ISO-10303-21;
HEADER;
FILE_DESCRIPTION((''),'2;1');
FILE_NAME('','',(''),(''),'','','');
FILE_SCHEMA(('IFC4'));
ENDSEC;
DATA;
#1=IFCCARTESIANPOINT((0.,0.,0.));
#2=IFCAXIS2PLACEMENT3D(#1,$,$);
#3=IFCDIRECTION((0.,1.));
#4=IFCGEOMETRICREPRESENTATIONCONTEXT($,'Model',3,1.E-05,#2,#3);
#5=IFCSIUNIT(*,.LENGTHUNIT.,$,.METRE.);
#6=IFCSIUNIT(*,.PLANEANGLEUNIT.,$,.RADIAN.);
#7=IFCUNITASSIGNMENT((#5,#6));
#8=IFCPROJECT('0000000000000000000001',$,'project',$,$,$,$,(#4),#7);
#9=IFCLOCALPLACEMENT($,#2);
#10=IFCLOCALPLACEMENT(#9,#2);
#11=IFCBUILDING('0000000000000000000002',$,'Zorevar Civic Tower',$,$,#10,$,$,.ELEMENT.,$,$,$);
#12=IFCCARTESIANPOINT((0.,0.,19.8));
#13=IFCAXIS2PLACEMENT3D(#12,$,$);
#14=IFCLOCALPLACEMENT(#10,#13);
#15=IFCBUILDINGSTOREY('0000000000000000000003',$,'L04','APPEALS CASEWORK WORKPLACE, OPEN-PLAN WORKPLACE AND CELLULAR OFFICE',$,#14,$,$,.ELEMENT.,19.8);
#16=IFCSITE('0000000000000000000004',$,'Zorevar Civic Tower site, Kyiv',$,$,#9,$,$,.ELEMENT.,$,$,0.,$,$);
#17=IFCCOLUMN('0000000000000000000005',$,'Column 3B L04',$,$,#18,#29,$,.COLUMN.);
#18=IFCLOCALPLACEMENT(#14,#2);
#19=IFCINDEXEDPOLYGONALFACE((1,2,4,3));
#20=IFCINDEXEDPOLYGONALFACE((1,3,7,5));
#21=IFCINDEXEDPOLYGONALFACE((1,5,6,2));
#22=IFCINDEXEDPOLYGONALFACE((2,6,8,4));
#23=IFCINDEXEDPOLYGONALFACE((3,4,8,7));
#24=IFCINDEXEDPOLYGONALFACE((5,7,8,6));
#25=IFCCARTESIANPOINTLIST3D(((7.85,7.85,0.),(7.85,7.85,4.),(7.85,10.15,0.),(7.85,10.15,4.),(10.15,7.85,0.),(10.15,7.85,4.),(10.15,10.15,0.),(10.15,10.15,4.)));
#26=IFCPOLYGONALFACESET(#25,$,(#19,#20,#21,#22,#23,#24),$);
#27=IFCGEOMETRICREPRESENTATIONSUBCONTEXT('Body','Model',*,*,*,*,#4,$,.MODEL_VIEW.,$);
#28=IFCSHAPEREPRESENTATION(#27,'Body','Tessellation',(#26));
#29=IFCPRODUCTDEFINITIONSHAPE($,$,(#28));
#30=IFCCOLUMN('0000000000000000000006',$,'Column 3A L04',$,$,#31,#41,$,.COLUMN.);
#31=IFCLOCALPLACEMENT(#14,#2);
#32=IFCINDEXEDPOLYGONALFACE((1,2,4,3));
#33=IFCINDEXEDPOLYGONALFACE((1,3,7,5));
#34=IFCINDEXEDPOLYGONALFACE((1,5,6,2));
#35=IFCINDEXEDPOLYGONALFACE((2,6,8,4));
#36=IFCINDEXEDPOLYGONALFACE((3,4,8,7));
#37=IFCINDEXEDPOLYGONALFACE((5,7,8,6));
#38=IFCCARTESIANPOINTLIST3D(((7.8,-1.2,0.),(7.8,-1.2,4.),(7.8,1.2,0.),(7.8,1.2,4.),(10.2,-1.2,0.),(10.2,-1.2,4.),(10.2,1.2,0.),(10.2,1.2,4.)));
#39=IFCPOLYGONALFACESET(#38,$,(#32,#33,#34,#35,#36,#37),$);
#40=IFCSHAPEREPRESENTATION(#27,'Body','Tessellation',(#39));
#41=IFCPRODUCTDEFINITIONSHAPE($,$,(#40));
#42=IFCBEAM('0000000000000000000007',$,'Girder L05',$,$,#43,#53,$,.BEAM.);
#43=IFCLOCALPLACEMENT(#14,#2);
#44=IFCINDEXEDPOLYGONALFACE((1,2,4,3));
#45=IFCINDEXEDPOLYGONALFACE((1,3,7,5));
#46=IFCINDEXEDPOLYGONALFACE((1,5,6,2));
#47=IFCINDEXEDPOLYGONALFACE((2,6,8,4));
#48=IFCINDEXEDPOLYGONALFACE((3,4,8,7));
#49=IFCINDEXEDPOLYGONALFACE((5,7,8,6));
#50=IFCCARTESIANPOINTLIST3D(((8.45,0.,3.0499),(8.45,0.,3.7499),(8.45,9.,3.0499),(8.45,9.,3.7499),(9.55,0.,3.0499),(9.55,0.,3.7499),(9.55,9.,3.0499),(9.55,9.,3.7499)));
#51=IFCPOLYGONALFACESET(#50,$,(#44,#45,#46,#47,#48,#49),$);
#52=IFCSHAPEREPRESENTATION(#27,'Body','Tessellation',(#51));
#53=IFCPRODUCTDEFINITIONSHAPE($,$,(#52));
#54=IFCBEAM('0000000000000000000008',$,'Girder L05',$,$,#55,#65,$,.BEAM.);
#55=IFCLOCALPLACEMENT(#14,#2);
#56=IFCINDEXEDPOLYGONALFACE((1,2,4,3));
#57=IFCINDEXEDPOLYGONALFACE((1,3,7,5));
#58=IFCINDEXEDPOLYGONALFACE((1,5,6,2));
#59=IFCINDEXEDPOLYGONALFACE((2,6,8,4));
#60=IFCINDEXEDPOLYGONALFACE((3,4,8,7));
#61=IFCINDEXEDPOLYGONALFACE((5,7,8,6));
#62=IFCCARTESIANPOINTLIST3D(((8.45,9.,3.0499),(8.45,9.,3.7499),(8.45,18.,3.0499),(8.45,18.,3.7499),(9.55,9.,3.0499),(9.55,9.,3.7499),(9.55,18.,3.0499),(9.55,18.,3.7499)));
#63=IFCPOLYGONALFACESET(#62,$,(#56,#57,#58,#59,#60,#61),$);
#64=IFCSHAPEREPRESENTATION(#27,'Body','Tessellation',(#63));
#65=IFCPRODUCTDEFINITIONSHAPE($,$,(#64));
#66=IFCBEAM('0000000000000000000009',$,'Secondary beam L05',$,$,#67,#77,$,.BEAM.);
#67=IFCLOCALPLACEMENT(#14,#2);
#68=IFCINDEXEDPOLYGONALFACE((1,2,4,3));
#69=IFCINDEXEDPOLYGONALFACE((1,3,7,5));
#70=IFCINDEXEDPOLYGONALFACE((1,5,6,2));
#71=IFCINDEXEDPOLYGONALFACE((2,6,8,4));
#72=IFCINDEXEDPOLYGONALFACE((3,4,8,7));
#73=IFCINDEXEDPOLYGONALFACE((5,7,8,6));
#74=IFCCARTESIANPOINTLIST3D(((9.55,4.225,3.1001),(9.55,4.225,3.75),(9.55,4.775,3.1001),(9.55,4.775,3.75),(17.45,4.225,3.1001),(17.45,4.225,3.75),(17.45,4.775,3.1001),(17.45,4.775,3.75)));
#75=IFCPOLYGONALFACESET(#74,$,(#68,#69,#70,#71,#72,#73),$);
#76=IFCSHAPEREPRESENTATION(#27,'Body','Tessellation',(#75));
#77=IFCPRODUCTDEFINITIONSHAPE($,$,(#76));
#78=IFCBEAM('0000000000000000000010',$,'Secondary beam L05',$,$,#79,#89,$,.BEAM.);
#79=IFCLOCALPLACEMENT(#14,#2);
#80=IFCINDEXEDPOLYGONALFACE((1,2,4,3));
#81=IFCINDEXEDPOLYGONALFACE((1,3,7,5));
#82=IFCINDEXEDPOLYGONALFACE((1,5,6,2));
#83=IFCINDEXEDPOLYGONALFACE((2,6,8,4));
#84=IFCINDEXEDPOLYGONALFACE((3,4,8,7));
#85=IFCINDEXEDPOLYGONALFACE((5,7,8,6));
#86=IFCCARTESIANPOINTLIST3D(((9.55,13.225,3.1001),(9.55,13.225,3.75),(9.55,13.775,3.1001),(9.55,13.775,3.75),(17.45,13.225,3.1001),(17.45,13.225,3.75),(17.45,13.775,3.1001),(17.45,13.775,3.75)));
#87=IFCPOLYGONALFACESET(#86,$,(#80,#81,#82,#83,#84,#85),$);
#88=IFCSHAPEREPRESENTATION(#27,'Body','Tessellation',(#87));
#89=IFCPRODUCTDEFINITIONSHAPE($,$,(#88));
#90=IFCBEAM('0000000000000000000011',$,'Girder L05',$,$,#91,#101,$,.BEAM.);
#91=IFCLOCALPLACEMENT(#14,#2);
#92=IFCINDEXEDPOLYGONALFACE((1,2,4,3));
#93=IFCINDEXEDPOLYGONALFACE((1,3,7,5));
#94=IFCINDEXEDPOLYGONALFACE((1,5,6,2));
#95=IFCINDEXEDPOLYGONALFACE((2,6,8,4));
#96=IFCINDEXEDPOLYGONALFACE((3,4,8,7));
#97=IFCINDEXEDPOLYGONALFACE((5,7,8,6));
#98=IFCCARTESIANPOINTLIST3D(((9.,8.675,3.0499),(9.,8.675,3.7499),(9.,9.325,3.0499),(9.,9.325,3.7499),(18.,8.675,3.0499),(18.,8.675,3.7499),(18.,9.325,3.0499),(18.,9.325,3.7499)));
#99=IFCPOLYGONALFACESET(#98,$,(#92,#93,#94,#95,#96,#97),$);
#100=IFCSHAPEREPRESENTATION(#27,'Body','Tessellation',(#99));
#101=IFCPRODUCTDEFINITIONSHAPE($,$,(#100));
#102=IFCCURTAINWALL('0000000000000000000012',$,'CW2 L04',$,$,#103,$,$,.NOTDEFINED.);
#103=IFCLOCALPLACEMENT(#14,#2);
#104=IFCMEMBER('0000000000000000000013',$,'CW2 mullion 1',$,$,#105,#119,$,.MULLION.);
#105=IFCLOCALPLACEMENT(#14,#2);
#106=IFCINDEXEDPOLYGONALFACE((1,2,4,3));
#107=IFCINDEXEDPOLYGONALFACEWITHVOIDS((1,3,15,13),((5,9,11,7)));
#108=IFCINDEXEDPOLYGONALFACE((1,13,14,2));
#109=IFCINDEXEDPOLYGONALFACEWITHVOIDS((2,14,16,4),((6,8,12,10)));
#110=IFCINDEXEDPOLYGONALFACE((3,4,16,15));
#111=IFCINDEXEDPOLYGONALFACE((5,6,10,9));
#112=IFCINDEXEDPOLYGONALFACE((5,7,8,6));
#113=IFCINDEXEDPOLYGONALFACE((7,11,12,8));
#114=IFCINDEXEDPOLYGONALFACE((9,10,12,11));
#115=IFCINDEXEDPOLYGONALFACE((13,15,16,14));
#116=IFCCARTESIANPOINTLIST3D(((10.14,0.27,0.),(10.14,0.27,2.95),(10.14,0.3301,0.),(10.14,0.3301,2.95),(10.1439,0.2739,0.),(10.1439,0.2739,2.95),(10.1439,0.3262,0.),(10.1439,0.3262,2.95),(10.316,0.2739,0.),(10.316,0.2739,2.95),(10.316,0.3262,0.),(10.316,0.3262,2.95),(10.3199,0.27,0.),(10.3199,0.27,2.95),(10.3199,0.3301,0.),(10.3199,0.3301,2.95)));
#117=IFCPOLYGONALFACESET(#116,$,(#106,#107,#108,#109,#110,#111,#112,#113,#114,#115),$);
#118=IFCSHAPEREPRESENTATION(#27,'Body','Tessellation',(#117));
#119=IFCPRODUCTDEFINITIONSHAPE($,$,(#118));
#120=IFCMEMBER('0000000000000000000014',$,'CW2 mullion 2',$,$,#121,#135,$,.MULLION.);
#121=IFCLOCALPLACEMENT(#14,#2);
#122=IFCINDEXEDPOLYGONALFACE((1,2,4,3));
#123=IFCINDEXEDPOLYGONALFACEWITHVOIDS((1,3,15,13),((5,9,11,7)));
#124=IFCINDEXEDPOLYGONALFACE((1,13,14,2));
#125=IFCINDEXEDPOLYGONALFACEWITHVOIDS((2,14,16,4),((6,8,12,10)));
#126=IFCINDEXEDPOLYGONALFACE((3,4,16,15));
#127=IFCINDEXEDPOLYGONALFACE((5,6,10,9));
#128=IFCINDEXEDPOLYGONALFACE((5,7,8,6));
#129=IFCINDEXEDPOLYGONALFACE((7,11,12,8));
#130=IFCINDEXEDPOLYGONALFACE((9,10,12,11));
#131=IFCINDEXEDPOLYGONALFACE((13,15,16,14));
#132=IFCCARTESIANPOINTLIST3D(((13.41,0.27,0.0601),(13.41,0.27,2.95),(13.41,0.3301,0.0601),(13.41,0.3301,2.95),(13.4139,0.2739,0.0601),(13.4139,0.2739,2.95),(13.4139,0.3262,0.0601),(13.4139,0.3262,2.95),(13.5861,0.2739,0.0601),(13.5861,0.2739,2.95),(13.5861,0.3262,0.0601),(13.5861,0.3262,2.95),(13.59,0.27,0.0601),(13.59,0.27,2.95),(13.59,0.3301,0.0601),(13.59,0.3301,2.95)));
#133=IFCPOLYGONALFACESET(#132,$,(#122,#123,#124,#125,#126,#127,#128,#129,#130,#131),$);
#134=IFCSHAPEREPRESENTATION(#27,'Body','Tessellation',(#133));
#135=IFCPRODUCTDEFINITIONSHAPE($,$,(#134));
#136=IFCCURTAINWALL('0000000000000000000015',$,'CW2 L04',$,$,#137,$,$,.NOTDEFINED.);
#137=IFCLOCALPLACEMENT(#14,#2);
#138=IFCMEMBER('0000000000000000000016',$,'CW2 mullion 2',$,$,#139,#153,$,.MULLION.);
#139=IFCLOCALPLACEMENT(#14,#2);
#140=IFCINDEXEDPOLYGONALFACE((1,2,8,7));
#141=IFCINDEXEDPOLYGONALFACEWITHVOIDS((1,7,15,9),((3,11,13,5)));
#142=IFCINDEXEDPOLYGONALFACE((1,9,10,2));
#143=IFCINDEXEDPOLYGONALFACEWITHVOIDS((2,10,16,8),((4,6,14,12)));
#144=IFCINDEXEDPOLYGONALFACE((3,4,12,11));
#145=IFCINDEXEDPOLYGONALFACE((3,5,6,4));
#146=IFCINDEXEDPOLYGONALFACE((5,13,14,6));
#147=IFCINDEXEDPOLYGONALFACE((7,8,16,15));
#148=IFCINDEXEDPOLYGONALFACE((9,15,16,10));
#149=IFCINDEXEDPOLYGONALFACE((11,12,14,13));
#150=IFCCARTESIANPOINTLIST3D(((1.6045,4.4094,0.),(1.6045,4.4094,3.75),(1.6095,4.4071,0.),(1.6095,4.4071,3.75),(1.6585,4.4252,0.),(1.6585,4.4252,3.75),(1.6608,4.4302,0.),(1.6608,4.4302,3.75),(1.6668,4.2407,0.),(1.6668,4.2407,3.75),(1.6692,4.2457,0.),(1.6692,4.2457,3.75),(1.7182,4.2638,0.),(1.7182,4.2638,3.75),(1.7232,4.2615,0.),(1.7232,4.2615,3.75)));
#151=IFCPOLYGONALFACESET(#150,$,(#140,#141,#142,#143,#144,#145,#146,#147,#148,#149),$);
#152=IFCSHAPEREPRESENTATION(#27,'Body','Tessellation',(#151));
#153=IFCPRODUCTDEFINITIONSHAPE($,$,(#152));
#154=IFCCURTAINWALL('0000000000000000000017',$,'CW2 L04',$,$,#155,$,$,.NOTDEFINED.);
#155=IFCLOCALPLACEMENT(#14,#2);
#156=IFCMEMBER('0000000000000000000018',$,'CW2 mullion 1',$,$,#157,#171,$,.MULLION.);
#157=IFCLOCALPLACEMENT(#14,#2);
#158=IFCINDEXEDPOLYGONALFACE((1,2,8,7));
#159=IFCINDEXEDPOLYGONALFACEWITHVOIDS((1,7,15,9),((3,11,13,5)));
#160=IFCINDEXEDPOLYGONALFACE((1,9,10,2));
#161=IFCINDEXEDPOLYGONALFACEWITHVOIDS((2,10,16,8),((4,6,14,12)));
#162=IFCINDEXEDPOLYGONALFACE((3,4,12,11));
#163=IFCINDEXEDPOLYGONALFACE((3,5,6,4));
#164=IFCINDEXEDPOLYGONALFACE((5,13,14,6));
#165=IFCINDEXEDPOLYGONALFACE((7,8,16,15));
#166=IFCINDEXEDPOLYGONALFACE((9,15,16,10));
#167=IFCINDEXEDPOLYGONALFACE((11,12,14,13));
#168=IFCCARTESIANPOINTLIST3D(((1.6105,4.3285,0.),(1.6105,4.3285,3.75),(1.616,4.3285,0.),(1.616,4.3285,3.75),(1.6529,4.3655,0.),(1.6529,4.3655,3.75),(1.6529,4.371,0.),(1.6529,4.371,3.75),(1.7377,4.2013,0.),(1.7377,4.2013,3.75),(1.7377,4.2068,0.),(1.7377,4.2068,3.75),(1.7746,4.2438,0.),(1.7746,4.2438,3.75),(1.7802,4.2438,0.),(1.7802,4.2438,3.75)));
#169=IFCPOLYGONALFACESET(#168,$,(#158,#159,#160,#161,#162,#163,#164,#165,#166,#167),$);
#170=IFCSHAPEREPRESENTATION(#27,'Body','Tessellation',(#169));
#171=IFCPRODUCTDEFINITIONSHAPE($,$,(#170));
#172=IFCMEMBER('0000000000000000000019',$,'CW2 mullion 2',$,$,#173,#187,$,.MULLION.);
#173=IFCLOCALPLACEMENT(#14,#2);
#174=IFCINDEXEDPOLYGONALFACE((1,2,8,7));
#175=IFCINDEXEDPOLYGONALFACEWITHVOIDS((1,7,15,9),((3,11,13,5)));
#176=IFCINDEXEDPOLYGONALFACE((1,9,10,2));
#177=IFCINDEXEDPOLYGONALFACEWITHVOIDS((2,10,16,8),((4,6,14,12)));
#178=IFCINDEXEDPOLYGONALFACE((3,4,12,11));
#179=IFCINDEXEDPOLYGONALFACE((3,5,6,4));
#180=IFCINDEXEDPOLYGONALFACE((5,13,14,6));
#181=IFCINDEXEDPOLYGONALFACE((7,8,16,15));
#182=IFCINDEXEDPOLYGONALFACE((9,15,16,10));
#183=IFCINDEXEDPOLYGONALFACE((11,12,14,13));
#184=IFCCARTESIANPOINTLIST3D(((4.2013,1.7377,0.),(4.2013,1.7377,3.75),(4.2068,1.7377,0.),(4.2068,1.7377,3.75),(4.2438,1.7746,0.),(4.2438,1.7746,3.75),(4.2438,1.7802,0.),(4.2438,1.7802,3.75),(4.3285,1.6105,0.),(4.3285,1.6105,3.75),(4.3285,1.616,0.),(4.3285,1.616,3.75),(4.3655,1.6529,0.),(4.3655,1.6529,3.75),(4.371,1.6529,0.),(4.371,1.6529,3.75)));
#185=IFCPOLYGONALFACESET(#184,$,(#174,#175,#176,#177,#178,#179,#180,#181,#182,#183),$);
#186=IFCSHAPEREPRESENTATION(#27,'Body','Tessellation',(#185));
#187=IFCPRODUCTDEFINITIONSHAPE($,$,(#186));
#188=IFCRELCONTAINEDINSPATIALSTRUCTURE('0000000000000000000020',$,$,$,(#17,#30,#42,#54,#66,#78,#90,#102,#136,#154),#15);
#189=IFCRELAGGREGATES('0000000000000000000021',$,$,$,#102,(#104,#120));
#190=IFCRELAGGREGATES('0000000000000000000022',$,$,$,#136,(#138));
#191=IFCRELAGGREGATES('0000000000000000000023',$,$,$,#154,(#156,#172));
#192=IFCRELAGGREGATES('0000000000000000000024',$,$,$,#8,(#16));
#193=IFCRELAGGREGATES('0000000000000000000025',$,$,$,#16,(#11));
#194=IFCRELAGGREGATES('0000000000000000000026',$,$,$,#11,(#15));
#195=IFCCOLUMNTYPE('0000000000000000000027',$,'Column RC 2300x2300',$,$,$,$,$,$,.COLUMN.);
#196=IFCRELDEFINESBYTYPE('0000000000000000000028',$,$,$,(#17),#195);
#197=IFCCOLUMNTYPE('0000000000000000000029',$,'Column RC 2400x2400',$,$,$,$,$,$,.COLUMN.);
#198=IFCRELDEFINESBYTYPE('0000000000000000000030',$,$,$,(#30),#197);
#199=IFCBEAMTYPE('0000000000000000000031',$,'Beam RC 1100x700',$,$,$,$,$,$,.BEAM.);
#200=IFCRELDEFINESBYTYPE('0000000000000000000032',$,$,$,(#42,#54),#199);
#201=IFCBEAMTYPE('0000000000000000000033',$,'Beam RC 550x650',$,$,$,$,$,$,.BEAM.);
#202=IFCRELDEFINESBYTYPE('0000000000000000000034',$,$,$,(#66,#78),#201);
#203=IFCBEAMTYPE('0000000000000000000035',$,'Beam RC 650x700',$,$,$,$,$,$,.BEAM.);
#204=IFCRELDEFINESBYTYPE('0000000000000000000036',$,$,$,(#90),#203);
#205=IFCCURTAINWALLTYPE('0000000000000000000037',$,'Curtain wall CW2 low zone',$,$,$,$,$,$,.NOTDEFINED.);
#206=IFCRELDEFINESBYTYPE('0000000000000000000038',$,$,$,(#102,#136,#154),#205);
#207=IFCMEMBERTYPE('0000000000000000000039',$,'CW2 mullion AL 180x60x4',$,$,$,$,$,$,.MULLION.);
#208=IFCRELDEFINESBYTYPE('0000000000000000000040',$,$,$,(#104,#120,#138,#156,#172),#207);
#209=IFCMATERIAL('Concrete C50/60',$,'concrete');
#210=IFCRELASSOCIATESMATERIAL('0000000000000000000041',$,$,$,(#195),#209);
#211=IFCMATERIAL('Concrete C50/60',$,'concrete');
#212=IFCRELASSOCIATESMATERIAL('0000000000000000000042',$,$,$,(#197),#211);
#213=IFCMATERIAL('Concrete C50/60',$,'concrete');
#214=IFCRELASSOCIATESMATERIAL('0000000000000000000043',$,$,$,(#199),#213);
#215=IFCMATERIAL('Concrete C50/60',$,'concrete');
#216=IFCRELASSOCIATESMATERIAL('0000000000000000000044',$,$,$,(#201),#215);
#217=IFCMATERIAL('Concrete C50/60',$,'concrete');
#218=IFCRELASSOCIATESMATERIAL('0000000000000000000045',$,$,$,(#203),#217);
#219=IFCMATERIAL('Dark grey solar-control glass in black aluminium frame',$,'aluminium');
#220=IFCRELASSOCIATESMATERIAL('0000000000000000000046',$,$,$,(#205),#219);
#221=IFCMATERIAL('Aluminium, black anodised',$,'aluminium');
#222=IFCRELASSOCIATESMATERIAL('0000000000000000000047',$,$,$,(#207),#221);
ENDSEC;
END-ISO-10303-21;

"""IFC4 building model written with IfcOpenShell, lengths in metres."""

from ifc_helpers import new_model, si_unit, direction, frame, origin, origin_2d, place, context, subcontext, project, spatial, rectangle, hollow_rectangle, extrude, material, material_profile, profile_set, type_object, element, aggregate, save


model = new_model("IFC4")

# Units and contexts
model_context = context("Model", 3, precision=1e-05, world=origin(), true_north=direction((0.0, 1.0)))
body_context = subcontext(model_context, "Body", "Model", "MODEL_VIEW")
ifc_project = project(units=[si_unit("LENGTHUNIT", "METRE"), si_unit("PLANEANGLEUNIT", "RADIAN")], contexts=[model_context])

# Site, building, storey
site_placement = place(None, origin())
site = spatial("IfcSite", under=ifc_project, at=site_placement, Name="Zorevar Civic Tower site, Kyiv", CompositionType="ELEMENT", RefElevation=0.0)
building_placement = place(site_placement, origin())
building = spatial("IfcBuilding", under=site, at=building_placement, Name="Zorevar Civic Tower", CompositionType="ELEMENT")
storey_placement = place(building_placement, frame((0.0, 0.0, 19.8)))
storey = spatial("IfcBuildingStorey", under=building, at=storey_placement, Name="L04", Description="APPEALS CASEWORK WORKPLACE, OPEN-PLAN WORKPLACE AND CELLULAR OFFICE", CompositionType="ELEMENT", Elevation=19.8)

# Columns
ifc_material_1 = material(Name="Concrete C50/60", Category="concrete")
ifc_material_profile_1 = material_profile(ifc_material_1, rectangle(XDim=2.3, YDim=2.3, at=origin_2d()), Name="RC 2300x2300")
ifc_profile_set_1 = profile_set([ifc_material_profile_1], Name="Concrete C50/60")
column_type_1 = type_object("IfcColumnType", Name="Column RC 2300x2300", PredefinedType="COLUMN", material=ifc_profile_set_1)
column_1_placement = place(storey_placement, frame((9.0, 9.0, 0.0), z_axis=(0.0, 0.0, 1.0), x_axis=(1.0, 0.0, 0.0)))
element("IfcColumn", 1, at=column_1_placement, inside=storey, type_object=column_type_1, Name="Column 3B L04", PredefinedType="COLUMN", context=body_context, shape_type="SweptSolid", body=[
    extrude(rectangle(XDim=2.3, YDim=2.3, at=origin_2d()), origin(), (0.0, 0.0, 1.0), 4.0),
])
ifc_material_2 = material(Name="Concrete C50/60", Category="concrete")
ifc_material_profile_2 = material_profile(ifc_material_2, rectangle(XDim=2.3999, YDim=2.3999, at=origin_2d()), Name="RC 2400x2400")
ifc_profile_set_2 = profile_set([ifc_material_profile_2], Name="Concrete C50/60")
column_type_2 = type_object("IfcColumnType", Name="Column RC 2400x2400", PredefinedType="COLUMN", material=ifc_profile_set_2)
column_2_placement = place(storey_placement, frame((9.0, 0.0, 0.0), z_axis=(0.0, 0.0, 1.0), x_axis=(1.0, 0.0, 0.0)))
element("IfcColumn", 2, at=column_2_placement, inside=storey, type_object=column_type_2, Name="Column 3A L04", PredefinedType="COLUMN", context=body_context, shape_type="SweptSolid", body=[
    extrude(rectangle(XDim=2.3999, YDim=2.3999, at=origin_2d()), origin(), (0.0, 0.0, 1.0), 4.0),
])

# Beams
ifc_material_3 = material(Name="Concrete C50/60", Category="concrete")
ifc_material_profile_3 = material_profile(ifc_material_3, rectangle(XDim=1.1001, YDim=0.7, at=origin_2d()), Name="RC 1100x700")
ifc_profile_set_3 = profile_set([ifc_material_profile_3], Name="Concrete C50/60")
beam_type_1 = type_object("IfcBeamType", Name="Beam RC 1100x700", PredefinedType="BEAM", material=ifc_profile_set_3)
for number, where, z_axis, x_axis, name in (
    (3, (9.0, 0.0, 3.3999), (0.0, 1.0, 0.0), (-1.0, 0.0, 0.0), "Girder L05"),
    (4, (9.0, 9.0, 3.3999), (0.0, 1.0, 0.0), (-1.0, 0.0, 0.0), "Girder L05"),
):
    element("IfcBeam", number, at=place(storey_placement, frame(where, z_axis=z_axis, x_axis=x_axis)), inside=storey, type_object=beam_type_1, Name=name, PredefinedType="BEAM", context=body_context, shape_type="SweptSolid", body=[
        extrude(rectangle(XDim=1.1001, YDim=0.7, at=origin_2d()), origin(), (0.0, 0.0, 1.0), 9.0),
    ])
ifc_material_4 = material(Name="Concrete C50/60", Category="concrete")
ifc_material_profile_4 = material_profile(ifc_material_4, rectangle(XDim=0.55, YDim=0.6499, at=origin_2d()), Name="RC 550x650")
ifc_profile_set_4 = profile_set([ifc_material_profile_4], Name="Concrete C50/60")
beam_type_2 = type_object("IfcBeamType", Name="Beam RC 550x650", PredefinedType="BEAM", material=ifc_profile_set_4)
for number, where, z_axis, x_axis, name in (
    (5, (9.55, 4.5, 3.425), (1.0, 0.0, 0.0), (0.0, 1.0, 0.0), "Secondary beam L05"),
    (6, (9.55, 13.5, 3.425), (1.0, 0.0, 0.0), (0.0, 1.0, 0.0), "Secondary beam L05"),
):
    element("IfcBeam", number, at=place(storey_placement, frame(where, z_axis=z_axis, x_axis=x_axis)), inside=storey, type_object=beam_type_2, Name=name, PredefinedType="BEAM", context=body_context, shape_type="SweptSolid", body=[
        extrude(rectangle(XDim=0.55, YDim=0.6499, at=origin_2d()), origin(), (0.0, 0.0, 1.0), 7.8999),
    ])
ifc_material_5 = material(Name="Concrete C50/60", Category="concrete")
ifc_material_profile_5 = material_profile(ifc_material_5, rectangle(XDim=0.6499, YDim=0.7, at=origin_2d()), Name="RC 650x700")
ifc_profile_set_5 = profile_set([ifc_material_profile_5], Name="Concrete C50/60")
beam_type_3 = type_object("IfcBeamType", Name="Beam RC 650x700", PredefinedType="BEAM", material=ifc_profile_set_5)
beam_1_placement = place(storey_placement, frame((9.0, 9.0, 3.3999), z_axis=(1.0, 0.0, 0.0), x_axis=(0.0, 1.0, 0.0)))
element("IfcBeam", 7, at=beam_1_placement, inside=storey, type_object=beam_type_3, Name="Girder L05", PredefinedType="BEAM", context=body_context, shape_type="SweptSolid", body=[
    extrude(rectangle(XDim=0.6499, YDim=0.7, at=origin_2d()), origin(), (0.0, 0.0, 1.0), 9.0),
])

# Curtain wall, members
ifc_material_6 = material(Name="Dark grey solar-control glass in black aluminium frame", Category="aluminium")
curtain_wall_type = type_object("IfcCurtainWallType", Name="Curtain wall CW2 low zone", PredefinedType="NOTDEFINED", material=ifc_material_6)
curtain_wall_1_placement = place(storey_placement, origin())
curtain_wall_1 = element("IfcCurtainWall", 8, at=curtain_wall_1_placement, inside=storey, type_object=curtain_wall_type, Name="CW2 L04", PredefinedType="NOTDEFINED")
ifc_material_7 = material(Name="Aluminium, black anodised", Category="aluminium")
ifc_material_profile_6 = material_profile(ifc_material_7, hollow_rectangle(XDim=0.0601, YDim=0.1799, WallThickness=0.0039, at=origin_2d()), Name="AL 180x60x4")
ifc_profile_set_6 = profile_set([ifc_material_profile_6], Name="Aluminium, black anodised")
member_type_1 = type_object("IfcMemberType", Name="CW2 mullion AL 180x60x4", PredefinedType="MULLION", material=ifc_profile_set_6)
member_1_placement = place(storey_placement, frame((10.23, 0.3, 0.0), z_axis=(0.0, 0.0, 1.0), x_axis=(0.0, 1.0, 0.0)))
member_1 = element("IfcMember", 9, at=member_1_placement, type_object=member_type_1, Name="CW2 mullion 1", PredefinedType="MULLION", context=body_context, shape_type="SweptSolid", body=[
    extrude(hollow_rectangle(XDim=0.0601, YDim=0.1799, WallThickness=0.0039, at=origin_2d()), origin(), (0.0, 0.0, 1.0), 2.95),
])
member_2_placement = place(storey_placement, frame((13.5, 0.3, 0.0601), z_axis=(0.0, 0.0, 1.0), x_axis=(0.0, 1.0, 0.0)))
member_2 = element("IfcMember", 10, at=member_2_placement, type_object=member_type_1, Name="CW2 mullion 2", PredefinedType="MULLION", context=body_context, shape_type="SweptSolid", body=[
    extrude(hollow_rectangle(XDim=0.0601, YDim=0.1799, WallThickness=0.0039, at=origin_2d()), origin(), (0.0, 0.0, 1.0), 2.8899),
])

# Curtain wall, member
curtain_wall_2_placement = place(storey_placement, origin())
curtain_wall_2 = element("IfcCurtainWall", 11, at=curtain_wall_2_placement, inside=storey, type_object=curtain_wall_type, Name="CW2 L04", PredefinedType="NOTDEFINED")
member_3_placement = place(storey_placement, frame((1.6638, 4.3354, 0.0), z_axis=(0.0, 0.0, 1.0), x_axis=(0.937975, 0.346704, 0.0)))
member_3 = element("IfcMember", 12, at=member_3_placement, type_object=member_type_1, Name="CW2 mullion 2", PredefinedType="MULLION", context=body_context, shape_type="SweptSolid", body=[
    extrude(hollow_rectangle(XDim=0.0601, YDim=0.1799, WallThickness=0.0039, at=origin_2d()), origin(), (0.0, 0.0, 1.0), 3.75),
])

# Curtain wall, members
curtain_wall_3_placement = place(storey_placement, origin())
curtain_wall_3 = element("IfcCurtainWall", 13, at=curtain_wall_3_placement, inside=storey, type_object=curtain_wall_type, Name="CW2 L04", PredefinedType="NOTDEFINED")
member_4_placement = place(storey_placement, frame((1.6953, 4.2861, 0.0), z_axis=(0.0, 0.0, 1.0), x_axis=(0.707107, 0.707107, 0.0)))
member_4 = element("IfcMember", 14, at=member_4_placement, type_object=member_type_1, Name="CW2 mullion 1", PredefinedType="MULLION", context=body_context, shape_type="SweptSolid", body=[
    extrude(hollow_rectangle(XDim=0.0601, YDim=0.1799, WallThickness=0.0039, at=origin_2d()), origin(), (0.0, 0.0, 1.0), 3.75),
])
member_5_placement = place(storey_placement, frame((4.2861, 1.6953, 0.0), z_axis=(0.0, 0.0, 1.0), x_axis=(0.707107, 0.707107, 0.0)))
member_5 = element("IfcMember", 15, at=member_5_placement, type_object=member_type_1, Name="CW2 mullion 2", PredefinedType="MULLION", context=body_context, shape_type="SweptSolid", body=[
    extrude(hollow_rectangle(XDim=0.0601, YDim=0.1799, WallThickness=0.0039, at=origin_2d()), origin(), (0.0, 0.0, 1.0), 3.75),
])

aggregate(curtain_wall_1, [member_1, member_2])
aggregate(curtain_wall_2, [member_3])
aggregate(curtain_wall_3, [member_4, member_5])

save(model, "model.ifc")
